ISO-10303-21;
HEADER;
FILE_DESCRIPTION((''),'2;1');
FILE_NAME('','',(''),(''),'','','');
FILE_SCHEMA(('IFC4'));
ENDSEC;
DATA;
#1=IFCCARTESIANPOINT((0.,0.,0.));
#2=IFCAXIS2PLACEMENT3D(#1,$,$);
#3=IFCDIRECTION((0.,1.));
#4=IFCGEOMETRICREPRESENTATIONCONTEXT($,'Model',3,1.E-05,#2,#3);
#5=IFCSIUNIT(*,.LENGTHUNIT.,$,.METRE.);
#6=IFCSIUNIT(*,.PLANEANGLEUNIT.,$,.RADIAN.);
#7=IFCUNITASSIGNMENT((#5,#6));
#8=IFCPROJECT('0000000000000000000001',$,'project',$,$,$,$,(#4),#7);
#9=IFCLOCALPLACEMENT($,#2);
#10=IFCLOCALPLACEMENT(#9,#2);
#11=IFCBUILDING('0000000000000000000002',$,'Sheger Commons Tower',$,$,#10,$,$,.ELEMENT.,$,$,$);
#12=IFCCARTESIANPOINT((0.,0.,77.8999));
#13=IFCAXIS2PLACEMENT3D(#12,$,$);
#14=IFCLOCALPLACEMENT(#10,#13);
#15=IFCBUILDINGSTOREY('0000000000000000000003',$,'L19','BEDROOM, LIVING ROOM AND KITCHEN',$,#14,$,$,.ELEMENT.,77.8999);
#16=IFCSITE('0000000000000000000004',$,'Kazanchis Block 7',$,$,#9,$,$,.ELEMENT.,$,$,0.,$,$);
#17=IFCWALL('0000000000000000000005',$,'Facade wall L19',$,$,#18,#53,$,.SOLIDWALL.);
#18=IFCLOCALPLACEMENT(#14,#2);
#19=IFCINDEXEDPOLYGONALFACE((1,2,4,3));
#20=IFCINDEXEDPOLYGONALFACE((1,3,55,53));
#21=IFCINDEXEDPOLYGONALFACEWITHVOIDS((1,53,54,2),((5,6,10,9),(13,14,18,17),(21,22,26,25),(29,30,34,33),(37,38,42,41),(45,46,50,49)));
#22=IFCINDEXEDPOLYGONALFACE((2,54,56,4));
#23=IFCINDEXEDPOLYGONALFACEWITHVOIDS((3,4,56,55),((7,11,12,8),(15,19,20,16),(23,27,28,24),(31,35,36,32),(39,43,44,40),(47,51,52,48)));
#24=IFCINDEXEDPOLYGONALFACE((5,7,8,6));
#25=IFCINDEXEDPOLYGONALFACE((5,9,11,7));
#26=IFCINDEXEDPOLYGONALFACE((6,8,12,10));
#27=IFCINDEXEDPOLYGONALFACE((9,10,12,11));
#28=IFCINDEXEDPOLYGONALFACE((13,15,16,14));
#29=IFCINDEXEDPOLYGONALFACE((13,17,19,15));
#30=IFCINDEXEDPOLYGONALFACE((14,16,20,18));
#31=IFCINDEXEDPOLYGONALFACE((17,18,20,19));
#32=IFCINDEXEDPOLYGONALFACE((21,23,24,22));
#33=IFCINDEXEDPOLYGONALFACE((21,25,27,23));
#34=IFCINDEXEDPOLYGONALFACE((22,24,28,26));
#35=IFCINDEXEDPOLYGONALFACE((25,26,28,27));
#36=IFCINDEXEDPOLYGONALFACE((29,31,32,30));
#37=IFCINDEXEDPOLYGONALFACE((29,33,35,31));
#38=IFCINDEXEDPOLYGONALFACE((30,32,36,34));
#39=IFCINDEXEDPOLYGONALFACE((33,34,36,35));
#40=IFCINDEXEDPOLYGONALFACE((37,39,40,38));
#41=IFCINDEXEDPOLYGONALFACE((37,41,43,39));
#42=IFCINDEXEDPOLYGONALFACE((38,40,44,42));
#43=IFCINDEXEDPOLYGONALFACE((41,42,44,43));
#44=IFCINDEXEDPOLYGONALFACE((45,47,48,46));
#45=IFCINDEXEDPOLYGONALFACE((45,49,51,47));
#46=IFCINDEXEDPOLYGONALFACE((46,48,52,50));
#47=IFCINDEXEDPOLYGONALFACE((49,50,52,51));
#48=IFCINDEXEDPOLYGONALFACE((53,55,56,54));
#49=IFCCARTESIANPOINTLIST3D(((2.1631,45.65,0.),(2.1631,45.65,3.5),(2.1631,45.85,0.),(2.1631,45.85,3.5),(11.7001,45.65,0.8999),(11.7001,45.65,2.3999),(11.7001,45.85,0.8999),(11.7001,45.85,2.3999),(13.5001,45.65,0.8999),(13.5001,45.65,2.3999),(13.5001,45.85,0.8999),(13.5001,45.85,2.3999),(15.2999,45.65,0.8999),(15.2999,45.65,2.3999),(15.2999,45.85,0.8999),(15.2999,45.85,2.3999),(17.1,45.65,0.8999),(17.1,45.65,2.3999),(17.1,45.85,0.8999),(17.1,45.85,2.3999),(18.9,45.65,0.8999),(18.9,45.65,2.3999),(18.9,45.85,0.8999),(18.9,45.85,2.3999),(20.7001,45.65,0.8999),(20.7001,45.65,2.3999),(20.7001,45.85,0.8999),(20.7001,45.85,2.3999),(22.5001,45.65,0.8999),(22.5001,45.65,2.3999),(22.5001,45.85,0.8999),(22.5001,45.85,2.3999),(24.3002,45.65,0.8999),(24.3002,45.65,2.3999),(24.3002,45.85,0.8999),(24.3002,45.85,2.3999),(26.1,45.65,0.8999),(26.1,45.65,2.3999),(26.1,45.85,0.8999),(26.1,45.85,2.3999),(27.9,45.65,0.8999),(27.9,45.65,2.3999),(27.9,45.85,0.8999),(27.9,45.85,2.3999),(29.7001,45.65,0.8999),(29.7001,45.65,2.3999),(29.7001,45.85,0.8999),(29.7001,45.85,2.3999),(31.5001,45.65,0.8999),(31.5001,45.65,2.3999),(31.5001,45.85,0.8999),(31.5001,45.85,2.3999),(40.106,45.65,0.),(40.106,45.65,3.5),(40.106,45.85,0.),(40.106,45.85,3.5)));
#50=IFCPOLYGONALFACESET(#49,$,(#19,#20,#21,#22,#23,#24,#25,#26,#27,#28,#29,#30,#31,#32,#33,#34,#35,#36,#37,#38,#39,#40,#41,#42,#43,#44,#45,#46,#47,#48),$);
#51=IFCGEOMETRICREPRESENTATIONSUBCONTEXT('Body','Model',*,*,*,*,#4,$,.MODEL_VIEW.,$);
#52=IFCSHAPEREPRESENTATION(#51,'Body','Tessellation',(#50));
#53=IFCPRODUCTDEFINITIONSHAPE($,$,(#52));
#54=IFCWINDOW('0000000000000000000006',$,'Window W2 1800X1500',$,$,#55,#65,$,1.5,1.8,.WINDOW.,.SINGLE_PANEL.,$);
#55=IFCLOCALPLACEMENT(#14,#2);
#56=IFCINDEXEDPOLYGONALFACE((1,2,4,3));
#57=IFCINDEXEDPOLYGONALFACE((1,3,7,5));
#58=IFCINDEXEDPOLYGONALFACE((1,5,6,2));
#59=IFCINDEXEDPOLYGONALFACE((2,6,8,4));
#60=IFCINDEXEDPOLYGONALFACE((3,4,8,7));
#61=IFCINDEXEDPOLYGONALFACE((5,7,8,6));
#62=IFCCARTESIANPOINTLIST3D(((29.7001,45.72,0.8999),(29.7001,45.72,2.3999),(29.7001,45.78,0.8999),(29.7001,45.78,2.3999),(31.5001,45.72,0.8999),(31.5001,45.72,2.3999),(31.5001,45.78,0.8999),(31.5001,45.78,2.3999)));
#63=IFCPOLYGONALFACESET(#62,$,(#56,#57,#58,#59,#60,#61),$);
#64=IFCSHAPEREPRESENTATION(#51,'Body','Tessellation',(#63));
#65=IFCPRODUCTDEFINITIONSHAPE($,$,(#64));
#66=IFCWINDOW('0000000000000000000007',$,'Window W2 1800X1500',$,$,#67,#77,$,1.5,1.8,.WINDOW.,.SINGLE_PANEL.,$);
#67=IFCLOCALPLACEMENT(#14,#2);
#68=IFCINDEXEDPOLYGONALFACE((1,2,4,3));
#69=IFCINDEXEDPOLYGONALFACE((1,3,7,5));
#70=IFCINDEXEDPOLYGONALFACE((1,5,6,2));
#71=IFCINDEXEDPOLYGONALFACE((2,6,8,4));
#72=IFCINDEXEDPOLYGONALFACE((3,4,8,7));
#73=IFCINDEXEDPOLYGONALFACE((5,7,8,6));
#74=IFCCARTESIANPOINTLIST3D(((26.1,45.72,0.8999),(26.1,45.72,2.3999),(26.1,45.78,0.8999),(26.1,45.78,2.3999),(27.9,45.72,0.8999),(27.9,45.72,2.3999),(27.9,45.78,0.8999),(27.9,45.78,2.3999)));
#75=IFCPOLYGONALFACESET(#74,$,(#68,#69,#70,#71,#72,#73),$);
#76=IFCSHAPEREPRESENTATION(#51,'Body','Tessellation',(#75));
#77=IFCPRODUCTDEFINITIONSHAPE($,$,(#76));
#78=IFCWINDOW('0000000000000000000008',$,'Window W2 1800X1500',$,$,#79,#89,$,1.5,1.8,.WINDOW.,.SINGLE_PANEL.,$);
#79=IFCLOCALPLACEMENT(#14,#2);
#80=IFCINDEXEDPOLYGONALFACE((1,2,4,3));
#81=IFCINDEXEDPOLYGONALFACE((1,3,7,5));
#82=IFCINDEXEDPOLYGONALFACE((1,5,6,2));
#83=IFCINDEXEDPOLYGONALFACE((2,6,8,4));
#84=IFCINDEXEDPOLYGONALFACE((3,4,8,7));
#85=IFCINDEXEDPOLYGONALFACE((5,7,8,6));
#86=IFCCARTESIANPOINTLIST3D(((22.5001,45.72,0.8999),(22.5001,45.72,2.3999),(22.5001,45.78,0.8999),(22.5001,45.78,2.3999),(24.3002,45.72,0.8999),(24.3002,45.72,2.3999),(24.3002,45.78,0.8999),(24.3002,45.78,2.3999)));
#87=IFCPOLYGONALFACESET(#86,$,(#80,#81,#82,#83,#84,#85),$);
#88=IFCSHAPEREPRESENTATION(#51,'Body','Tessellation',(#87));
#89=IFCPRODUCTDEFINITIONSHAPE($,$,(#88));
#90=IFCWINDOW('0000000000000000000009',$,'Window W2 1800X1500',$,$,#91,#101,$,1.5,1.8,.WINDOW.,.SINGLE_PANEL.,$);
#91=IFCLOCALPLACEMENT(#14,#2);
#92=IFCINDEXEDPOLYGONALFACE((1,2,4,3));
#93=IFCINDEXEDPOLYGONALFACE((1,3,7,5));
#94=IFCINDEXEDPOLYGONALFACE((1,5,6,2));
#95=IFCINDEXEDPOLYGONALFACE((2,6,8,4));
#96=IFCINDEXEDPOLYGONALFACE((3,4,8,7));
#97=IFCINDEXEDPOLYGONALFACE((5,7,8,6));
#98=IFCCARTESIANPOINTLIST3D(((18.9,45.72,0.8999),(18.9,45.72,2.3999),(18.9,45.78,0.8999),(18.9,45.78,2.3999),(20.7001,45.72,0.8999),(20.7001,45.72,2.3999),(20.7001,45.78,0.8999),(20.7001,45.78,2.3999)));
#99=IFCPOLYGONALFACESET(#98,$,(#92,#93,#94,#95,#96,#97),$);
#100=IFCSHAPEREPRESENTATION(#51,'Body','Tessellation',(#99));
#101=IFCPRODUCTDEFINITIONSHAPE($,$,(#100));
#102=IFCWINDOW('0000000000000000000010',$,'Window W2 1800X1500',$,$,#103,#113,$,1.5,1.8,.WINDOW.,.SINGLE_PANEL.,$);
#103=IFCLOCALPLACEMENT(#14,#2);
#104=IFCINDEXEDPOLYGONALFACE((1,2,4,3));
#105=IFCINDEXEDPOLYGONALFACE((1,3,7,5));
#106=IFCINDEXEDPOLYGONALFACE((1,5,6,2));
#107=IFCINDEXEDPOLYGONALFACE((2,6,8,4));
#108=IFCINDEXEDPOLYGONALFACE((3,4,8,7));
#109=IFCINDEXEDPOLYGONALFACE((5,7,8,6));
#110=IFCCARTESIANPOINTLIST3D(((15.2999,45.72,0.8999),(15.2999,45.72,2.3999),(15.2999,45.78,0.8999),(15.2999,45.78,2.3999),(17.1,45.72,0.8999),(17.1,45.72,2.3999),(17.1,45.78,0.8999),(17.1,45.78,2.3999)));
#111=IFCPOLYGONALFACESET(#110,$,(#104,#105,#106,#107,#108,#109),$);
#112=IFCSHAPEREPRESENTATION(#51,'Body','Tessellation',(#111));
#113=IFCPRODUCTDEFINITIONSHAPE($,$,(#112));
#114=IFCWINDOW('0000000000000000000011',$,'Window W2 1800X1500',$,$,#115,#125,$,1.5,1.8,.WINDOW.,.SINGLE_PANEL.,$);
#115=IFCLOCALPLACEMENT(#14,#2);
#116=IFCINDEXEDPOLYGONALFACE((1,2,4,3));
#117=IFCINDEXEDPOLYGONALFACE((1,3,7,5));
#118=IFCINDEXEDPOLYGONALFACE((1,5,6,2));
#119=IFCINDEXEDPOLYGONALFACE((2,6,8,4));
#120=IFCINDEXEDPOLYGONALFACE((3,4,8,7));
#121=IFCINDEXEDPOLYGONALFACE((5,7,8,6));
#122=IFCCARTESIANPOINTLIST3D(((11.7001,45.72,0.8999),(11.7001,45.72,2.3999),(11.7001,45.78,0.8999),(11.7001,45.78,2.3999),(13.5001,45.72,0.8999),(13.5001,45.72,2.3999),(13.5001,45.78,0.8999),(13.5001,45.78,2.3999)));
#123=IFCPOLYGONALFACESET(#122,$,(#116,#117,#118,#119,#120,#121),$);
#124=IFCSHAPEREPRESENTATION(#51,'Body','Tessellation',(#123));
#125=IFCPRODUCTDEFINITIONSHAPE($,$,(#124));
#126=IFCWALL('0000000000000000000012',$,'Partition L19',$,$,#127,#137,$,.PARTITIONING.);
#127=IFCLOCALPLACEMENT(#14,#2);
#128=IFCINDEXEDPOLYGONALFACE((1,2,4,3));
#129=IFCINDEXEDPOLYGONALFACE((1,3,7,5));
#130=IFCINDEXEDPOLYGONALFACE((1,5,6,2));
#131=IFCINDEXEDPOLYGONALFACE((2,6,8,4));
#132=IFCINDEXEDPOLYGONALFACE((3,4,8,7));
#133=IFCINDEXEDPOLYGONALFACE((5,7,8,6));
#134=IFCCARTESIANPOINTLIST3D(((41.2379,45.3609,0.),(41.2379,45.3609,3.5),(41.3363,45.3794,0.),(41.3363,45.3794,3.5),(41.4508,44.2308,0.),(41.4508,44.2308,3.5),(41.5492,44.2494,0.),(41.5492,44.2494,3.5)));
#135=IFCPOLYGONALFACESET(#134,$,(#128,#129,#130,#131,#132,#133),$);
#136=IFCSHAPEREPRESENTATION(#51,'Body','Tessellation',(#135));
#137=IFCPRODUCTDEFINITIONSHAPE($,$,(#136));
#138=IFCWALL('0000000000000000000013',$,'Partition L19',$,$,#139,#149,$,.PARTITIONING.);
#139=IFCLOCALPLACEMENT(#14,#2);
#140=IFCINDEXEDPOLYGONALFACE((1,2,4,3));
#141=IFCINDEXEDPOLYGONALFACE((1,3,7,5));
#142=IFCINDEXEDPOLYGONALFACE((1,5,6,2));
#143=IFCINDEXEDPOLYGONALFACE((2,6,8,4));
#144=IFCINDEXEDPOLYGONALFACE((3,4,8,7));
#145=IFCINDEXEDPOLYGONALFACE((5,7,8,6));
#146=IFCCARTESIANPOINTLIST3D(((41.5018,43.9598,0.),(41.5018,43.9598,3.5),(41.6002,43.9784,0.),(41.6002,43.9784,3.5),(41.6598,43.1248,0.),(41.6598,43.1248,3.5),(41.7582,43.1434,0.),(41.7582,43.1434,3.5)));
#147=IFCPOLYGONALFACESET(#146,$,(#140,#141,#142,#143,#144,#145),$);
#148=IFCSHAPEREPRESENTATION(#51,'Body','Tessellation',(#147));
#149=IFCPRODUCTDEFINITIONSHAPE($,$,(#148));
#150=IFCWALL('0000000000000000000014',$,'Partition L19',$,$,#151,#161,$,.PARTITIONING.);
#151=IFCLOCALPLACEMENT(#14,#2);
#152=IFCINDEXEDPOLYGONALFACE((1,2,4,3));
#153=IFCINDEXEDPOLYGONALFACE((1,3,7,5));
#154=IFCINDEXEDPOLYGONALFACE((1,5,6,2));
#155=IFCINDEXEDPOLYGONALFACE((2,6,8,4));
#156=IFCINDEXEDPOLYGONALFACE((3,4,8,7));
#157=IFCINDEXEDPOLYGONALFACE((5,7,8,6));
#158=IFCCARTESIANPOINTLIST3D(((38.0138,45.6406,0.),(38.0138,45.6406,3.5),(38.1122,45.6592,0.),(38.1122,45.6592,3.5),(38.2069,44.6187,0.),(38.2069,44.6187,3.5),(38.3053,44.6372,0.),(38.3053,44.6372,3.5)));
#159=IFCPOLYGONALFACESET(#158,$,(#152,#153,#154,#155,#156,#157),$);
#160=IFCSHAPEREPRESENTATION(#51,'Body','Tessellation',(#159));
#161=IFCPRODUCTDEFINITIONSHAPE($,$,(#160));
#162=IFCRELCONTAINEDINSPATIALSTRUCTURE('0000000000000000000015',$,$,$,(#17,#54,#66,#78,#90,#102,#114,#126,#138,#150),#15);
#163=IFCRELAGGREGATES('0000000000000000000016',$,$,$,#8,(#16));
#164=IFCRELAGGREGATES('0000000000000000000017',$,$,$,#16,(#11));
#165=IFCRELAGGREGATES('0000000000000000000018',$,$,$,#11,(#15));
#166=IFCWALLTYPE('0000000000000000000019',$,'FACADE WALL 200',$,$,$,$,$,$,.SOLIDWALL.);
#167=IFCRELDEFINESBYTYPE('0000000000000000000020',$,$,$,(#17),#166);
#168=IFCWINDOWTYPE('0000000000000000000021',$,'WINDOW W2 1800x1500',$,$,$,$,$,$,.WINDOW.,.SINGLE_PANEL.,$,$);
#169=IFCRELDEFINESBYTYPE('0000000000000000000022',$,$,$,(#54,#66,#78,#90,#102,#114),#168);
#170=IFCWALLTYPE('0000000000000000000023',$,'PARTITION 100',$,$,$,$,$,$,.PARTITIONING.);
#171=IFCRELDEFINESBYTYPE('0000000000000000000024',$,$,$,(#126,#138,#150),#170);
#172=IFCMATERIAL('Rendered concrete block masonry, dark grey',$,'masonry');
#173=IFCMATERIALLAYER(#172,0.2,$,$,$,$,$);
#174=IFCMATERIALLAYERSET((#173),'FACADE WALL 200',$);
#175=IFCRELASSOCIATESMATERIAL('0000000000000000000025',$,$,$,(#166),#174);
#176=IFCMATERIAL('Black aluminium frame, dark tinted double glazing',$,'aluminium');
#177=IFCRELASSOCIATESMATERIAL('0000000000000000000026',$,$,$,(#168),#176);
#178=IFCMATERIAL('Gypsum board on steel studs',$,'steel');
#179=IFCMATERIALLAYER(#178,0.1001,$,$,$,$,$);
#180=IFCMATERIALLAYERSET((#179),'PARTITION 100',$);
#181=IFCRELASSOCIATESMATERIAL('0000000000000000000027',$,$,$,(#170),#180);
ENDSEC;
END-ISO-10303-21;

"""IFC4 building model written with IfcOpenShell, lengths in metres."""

from ifc_helpers import new_model, si_unit, direction, frame, frame_2d, origin, place, context, subcontext, project, spatial, rectangle, extrude, material, layer, layer_set, type_object, element, fill, save


model = new_model("IFC4")

# Units and contexts
model_context = context("Model", 3, precision=1e-05, world=origin(), true_north=direction((0.0, 1.0)))
body_context = subcontext(model_context, "Body", "Model", "MODEL_VIEW")
ifc_project = project(units=[si_unit("LENGTHUNIT", "METRE"), si_unit("PLANEANGLEUNIT", "RADIAN")], contexts=[model_context])

# Site, building, storey
site_placement = place(None, origin())
site = spatial("IfcSite", under=ifc_project, at=site_placement, Name="Kazanchis Block 7", CompositionType="ELEMENT", RefElevation=0.0)
building_placement = place(site_placement, origin())
building = spatial("IfcBuilding", under=site, at=building_placement, Name="Sheger Commons Tower", CompositionType="ELEMENT")
storey_placement = place(building_placement, frame((0.0, 0.0, 77.8999)))
storey = spatial("IfcBuildingStorey", under=building, at=storey_placement, Name="L19", Description="BEDROOM, LIVING ROOM AND KITCHEN", CompositionType="ELEMENT", Elevation=77.8999)

# Shared definitions
ifc_material_1 = material(Name="Rendered concrete block masonry, dark grey", Category="masonry")
ifc_layer_1 = layer(ifc_material_1, 0.2)
ifc_layer_set_1 = layer_set([ifc_layer_1], Name="FACADE WALL 200")
wall_type_1 = type_object("IfcWallType", Name="FACADE WALL 200", PredefinedType="SOLIDWALL", material=ifc_layer_set_1)

# Wall, openings, windows
wall_1_placement = place(storey_placement, frame((40.106, 45.75, 0.0), z_axis=(0.0, 0.0, 1.0), x_axis=(-1.0, 0.0, 0.0)))
wall_1 = element("IfcWall", 1, at=wall_1_placement, inside=storey, type_object=wall_type_1, Name="Facade wall L19", PredefinedType="SOLIDWALL", context=body_context, shape_type="SweptSolid", body=[
    extrude(rectangle(XDim=37.9429, YDim=0.2, at=frame_2d((18.9714, 0.0))), origin(), (0.0, 0.0, 1.0), 3.5),
])
opening_1_placement = place(wall_1_placement, frame((8.606, 0.0, 0.8999)))
opening_1 = element("IfcOpeningElement", 2, at=opening_1_placement, cuts=wall_1, PredefinedType="OPENING", context=body_context, shape_type="SweptSolid", body=[
    extrude(rectangle(XDim=1.8, YDim=1.5, at=frame_2d((0.8999, 0.75))), frame((0.0, 0.1099, 0.0), z_axis=(0.0, -1.0, 0.0), x_axis=(1.0, 0.0, 0.0)), (0.0, 0.0, 1.0), 0.22),
])
opening_2_placement = place(wall_1_placement, frame((12.2061, 0.0, 0.8999)))
opening_2 = element("IfcOpeningElement", 3, at=opening_2_placement, cuts=wall_1, PredefinedType="OPENING", context=body_context, shape_type="SweptSolid", body=[
    extrude(rectangle(XDim=1.8, YDim=1.5, at=frame_2d((0.8999, 0.75))), frame((0.0, 0.1099, 0.0), z_axis=(0.0, -1.0, 0.0), x_axis=(1.0, 0.0, 0.0)), (0.0, 0.0, 1.0), 0.22),
])
opening_3_placement = place(wall_1_placement, frame((15.8059, 0.0, 0.8999)))
opening_3 = element("IfcOpeningElement", 4, at=opening_3_placement, cuts=wall_1, PredefinedType="OPENING", context=body_context, shape_type="SweptSolid", body=[
    extrude(rectangle(XDim=1.8, YDim=1.5, at=frame_2d((0.8999, 0.75))), frame((0.0, 0.1099, 0.0), z_axis=(0.0, -1.0, 0.0), x_axis=(1.0, 0.0, 0.0)), (0.0, 0.0, 1.0), 0.22),
])
opening_4_placement = place(wall_1_placement, frame((19.406, 0.0, 0.8999)))
opening_4 = element("IfcOpeningElement", 5, at=opening_4_placement, cuts=wall_1, PredefinedType="OPENING", context=body_context, shape_type="SweptSolid", body=[
    extrude(rectangle(XDim=1.8, YDim=1.5, at=frame_2d((0.8999, 0.75))), frame((0.0, 0.1099, 0.0), z_axis=(0.0, -1.0, 0.0), x_axis=(1.0, 0.0, 0.0)), (0.0, 0.0, 1.0), 0.22),
])
opening_5_placement = place(wall_1_placement, frame((23.0061, 0.0, 0.8999)))
opening_5 = element("IfcOpeningElement", 6, at=opening_5_placement, cuts=wall_1, PredefinedType="OPENING", context=body_context, shape_type="SweptSolid", body=[
    extrude(rectangle(XDim=1.8, YDim=1.5, at=frame_2d((0.8999, 0.75))), frame((0.0, 0.1099, 0.0), z_axis=(0.0, -1.0, 0.0), x_axis=(1.0, 0.0, 0.0)), (0.0, 0.0, 1.0), 0.22),
])
opening_6_placement = place(wall_1_placement, frame((26.606, 0.0, 0.8999)))
opening_6 = element("IfcOpeningElement", 7, at=opening_6_placement, cuts=wall_1, PredefinedType="OPENING", context=body_context, shape_type="SweptSolid", body=[
    extrude(rectangle(XDim=1.8, YDim=1.5, at=frame_2d((0.8999, 0.75))), frame((0.0, 0.1099, 0.0), z_axis=(0.0, -1.0, 0.0), x_axis=(1.0, 0.0, 0.0)), (0.0, 0.0, 1.0), 0.22),
])
ifc_material_2 = material(Name="Black aluminium frame, dark tinted double glazing", Category="aluminium")
window_type = type_object("IfcWindowType", Name="WINDOW W2 1800x1500", PartitioningType="SINGLE_PANEL", PredefinedType="WINDOW", material=ifc_material_2)
window_1_placement = place(opening_1_placement, origin())
window_1 = element("IfcWindow", 8, at=window_1_placement, inside=storey, type_object=window_type, Name="Window W2 1800X1500", OverallHeight=1.5, OverallWidth=1.8, PartitioningType="SINGLE_PANEL", PredefinedType="WINDOW", context=body_context, shape_type="SweptSolid", body=[
    extrude(rectangle(XDim=1.8, YDim=1.5, at=frame_2d((0.8999, 0.75))), frame((0.0, 0.03, 0.0), z_axis=(0.0, -1.0, 0.0), x_axis=(1.0, 0.0, 0.0)), (0.0, 0.0, 1.0), 0.0601),
])
fill(opening_1, window_1)
window_2_placement = place(opening_2_placement, origin())
window_2 = element("IfcWindow", 9, at=window_2_placement, inside=storey, type_object=window_type, Name="Window W2 1800X1500", OverallHeight=1.5, OverallWidth=1.8, PartitioningType="SINGLE_PANEL", PredefinedType="WINDOW", context=body_context, shape_type="SweptSolid", body=[
    extrude(rectangle(XDim=1.8, YDim=1.5, at=frame_2d((0.8999, 0.75))), frame((0.0, 0.03, 0.0), z_axis=(0.0, -1.0, 0.0), x_axis=(1.0, 0.0, 0.0)), (0.0, 0.0, 1.0), 0.0601),
])
fill(opening_2, window_2)
window_3_placement = place(opening_3_placement, origin())
window_3 = element("IfcWindow", 10, at=window_3_placement, inside=storey, type_object=window_type, Name="Window W2 1800X1500", OverallHeight=1.5, OverallWidth=1.8, PartitioningType="SINGLE_PANEL", PredefinedType="WINDOW", context=body_context, shape_type="SweptSolid", body=[
    extrude(rectangle(XDim=1.8, YDim=1.5, at=frame_2d((0.8999, 0.75))), frame((0.0, 0.03, 0.0), z_axis=(0.0, -1.0, 0.0), x_axis=(1.0, 0.0, 0.0)), (0.0, 0.0, 1.0), 0.0601),
])
fill(opening_3, window_3)
window_4_placement = place(opening_4_placement, origin())
window_4 = element("IfcWindow", 11, at=window_4_placement, inside=storey, type_object=window_type, Name="Window W2 1800X1500", OverallHeight=1.5, OverallWidth=1.8, PartitioningType="SINGLE_PANEL", PredefinedType="WINDOW", context=body_context, shape_type="SweptSolid", body=[
    extrude(rectangle(XDim=1.8, YDim=1.5, at=frame_2d((0.8999, 0.75))), frame((0.0, 0.03, 0.0), z_axis=(0.0, -1.0, 0.0), x_axis=(1.0, 0.0, 0.0)), (0.0, 0.0, 1.0), 0.0601),
])
fill(opening_4, window_4)
window_5_placement = place(opening_5_placement, origin())
window_5 = element("IfcWindow", 12, at=window_5_placement, inside=storey, type_object=window_type, Name="Window W2 1800X1500", OverallHeight=1.5, OverallWidth=1.8, PartitioningType="SINGLE_PANEL", PredefinedType="WINDOW", context=body_context, shape_type="SweptSolid", body=[
    extrude(rectangle(XDim=1.8, YDim=1.5, at=frame_2d((0.8999, 0.75))), frame((0.0, 0.03, 0.0), z_axis=(0.0, -1.0, 0.0), x_axis=(1.0, 0.0, 0.0)), (0.0, 0.0, 1.0), 0.0601),
])
fill(opening_5, window_5)
window_6_placement = place(opening_6_placement, origin())
window_6 = element("IfcWindow", 13, at=window_6_placement, inside=storey, type_object=window_type, Name="Window W2 1800X1500", OverallHeight=1.5, OverallWidth=1.8, PartitioningType="SINGLE_PANEL", PredefinedType="WINDOW", context=body_context, shape_type="SweptSolid", body=[
    extrude(rectangle(XDim=1.8, YDim=1.5, at=frame_2d((0.8999, 0.75))), frame((0.0, 0.03, 0.0), z_axis=(0.0, -1.0, 0.0), x_axis=(1.0, 0.0, 0.0)), (0.0, 0.0, 1.0), 0.0601),
])
fill(opening_6, window_6)

# Walls
ifc_material_3 = material(Name="Gypsum board on steel studs", Category="steel")
ifc_layer_2 = layer(ifc_material_3, 0.1001)
ifc_layer_set_2 = layer_set([ifc_layer_2], Name="PARTITION 100")
wall_type_2 = type_object("IfcWallType", Name="PARTITION 100", PredefinedType="PARTITIONING", material=ifc_layer_set_2)
wall_2_placement = place(storey_placement, frame((41.2871, 45.3701, 0.0), z_axis=(0.0, 0.0, 1.0), x_axis=(0.185122, -0.982716, 0.0)))
element("IfcWall", 14, at=wall_2_placement, inside=storey, type_object=wall_type_2, Name="Partition L19", PredefinedType="PARTITIONING", context=body_context, shape_type="SweptSolid", body=[
    extrude(rectangle(XDim=1.1499, YDim=0.1001, at=frame_2d((0.575, 0.0))), origin(), (0.0, 0.0, 1.0), 3.5),
])
wall_3_placement = place(storey_placement, frame((41.551, 43.969, 0.0), z_axis=(0.0, 0.0, 1.0), x_axis=(0.185884, -0.982572, 0.0)))
element("IfcWall", 15, at=wall_3_placement, inside=storey, type_object=wall_type_2, Name="Partition L19", PredefinedType="PARTITIONING", context=body_context, shape_type="SweptSolid", body=[
    extrude(rectangle(XDim=0.8499, YDim=0.1001, at=frame_2d((0.4248, 0.0))), origin(), (0.0, 0.0, 1.0), 3.5),
])
wall_4_placement = place(storey_placement, frame((38.063, 45.6499, 0.0), z_axis=(0.0, 0.0, 1.0), x_axis=(0.185677, -0.982611, 0.0)))
element("IfcWall", 16, at=wall_4_placement, inside=storey, type_object=wall_type_2, Name="Partition L19", PredefinedType="PARTITIONING", context=body_context, shape_type="SweptSolid", body=[
    extrude(rectangle(XDim=1.04, YDim=0.1001, at=frame_2d((0.52, 0.0))), origin(), (0.0, 0.0, 1.0), 3.5),
])

save(model, "model.ifc")
